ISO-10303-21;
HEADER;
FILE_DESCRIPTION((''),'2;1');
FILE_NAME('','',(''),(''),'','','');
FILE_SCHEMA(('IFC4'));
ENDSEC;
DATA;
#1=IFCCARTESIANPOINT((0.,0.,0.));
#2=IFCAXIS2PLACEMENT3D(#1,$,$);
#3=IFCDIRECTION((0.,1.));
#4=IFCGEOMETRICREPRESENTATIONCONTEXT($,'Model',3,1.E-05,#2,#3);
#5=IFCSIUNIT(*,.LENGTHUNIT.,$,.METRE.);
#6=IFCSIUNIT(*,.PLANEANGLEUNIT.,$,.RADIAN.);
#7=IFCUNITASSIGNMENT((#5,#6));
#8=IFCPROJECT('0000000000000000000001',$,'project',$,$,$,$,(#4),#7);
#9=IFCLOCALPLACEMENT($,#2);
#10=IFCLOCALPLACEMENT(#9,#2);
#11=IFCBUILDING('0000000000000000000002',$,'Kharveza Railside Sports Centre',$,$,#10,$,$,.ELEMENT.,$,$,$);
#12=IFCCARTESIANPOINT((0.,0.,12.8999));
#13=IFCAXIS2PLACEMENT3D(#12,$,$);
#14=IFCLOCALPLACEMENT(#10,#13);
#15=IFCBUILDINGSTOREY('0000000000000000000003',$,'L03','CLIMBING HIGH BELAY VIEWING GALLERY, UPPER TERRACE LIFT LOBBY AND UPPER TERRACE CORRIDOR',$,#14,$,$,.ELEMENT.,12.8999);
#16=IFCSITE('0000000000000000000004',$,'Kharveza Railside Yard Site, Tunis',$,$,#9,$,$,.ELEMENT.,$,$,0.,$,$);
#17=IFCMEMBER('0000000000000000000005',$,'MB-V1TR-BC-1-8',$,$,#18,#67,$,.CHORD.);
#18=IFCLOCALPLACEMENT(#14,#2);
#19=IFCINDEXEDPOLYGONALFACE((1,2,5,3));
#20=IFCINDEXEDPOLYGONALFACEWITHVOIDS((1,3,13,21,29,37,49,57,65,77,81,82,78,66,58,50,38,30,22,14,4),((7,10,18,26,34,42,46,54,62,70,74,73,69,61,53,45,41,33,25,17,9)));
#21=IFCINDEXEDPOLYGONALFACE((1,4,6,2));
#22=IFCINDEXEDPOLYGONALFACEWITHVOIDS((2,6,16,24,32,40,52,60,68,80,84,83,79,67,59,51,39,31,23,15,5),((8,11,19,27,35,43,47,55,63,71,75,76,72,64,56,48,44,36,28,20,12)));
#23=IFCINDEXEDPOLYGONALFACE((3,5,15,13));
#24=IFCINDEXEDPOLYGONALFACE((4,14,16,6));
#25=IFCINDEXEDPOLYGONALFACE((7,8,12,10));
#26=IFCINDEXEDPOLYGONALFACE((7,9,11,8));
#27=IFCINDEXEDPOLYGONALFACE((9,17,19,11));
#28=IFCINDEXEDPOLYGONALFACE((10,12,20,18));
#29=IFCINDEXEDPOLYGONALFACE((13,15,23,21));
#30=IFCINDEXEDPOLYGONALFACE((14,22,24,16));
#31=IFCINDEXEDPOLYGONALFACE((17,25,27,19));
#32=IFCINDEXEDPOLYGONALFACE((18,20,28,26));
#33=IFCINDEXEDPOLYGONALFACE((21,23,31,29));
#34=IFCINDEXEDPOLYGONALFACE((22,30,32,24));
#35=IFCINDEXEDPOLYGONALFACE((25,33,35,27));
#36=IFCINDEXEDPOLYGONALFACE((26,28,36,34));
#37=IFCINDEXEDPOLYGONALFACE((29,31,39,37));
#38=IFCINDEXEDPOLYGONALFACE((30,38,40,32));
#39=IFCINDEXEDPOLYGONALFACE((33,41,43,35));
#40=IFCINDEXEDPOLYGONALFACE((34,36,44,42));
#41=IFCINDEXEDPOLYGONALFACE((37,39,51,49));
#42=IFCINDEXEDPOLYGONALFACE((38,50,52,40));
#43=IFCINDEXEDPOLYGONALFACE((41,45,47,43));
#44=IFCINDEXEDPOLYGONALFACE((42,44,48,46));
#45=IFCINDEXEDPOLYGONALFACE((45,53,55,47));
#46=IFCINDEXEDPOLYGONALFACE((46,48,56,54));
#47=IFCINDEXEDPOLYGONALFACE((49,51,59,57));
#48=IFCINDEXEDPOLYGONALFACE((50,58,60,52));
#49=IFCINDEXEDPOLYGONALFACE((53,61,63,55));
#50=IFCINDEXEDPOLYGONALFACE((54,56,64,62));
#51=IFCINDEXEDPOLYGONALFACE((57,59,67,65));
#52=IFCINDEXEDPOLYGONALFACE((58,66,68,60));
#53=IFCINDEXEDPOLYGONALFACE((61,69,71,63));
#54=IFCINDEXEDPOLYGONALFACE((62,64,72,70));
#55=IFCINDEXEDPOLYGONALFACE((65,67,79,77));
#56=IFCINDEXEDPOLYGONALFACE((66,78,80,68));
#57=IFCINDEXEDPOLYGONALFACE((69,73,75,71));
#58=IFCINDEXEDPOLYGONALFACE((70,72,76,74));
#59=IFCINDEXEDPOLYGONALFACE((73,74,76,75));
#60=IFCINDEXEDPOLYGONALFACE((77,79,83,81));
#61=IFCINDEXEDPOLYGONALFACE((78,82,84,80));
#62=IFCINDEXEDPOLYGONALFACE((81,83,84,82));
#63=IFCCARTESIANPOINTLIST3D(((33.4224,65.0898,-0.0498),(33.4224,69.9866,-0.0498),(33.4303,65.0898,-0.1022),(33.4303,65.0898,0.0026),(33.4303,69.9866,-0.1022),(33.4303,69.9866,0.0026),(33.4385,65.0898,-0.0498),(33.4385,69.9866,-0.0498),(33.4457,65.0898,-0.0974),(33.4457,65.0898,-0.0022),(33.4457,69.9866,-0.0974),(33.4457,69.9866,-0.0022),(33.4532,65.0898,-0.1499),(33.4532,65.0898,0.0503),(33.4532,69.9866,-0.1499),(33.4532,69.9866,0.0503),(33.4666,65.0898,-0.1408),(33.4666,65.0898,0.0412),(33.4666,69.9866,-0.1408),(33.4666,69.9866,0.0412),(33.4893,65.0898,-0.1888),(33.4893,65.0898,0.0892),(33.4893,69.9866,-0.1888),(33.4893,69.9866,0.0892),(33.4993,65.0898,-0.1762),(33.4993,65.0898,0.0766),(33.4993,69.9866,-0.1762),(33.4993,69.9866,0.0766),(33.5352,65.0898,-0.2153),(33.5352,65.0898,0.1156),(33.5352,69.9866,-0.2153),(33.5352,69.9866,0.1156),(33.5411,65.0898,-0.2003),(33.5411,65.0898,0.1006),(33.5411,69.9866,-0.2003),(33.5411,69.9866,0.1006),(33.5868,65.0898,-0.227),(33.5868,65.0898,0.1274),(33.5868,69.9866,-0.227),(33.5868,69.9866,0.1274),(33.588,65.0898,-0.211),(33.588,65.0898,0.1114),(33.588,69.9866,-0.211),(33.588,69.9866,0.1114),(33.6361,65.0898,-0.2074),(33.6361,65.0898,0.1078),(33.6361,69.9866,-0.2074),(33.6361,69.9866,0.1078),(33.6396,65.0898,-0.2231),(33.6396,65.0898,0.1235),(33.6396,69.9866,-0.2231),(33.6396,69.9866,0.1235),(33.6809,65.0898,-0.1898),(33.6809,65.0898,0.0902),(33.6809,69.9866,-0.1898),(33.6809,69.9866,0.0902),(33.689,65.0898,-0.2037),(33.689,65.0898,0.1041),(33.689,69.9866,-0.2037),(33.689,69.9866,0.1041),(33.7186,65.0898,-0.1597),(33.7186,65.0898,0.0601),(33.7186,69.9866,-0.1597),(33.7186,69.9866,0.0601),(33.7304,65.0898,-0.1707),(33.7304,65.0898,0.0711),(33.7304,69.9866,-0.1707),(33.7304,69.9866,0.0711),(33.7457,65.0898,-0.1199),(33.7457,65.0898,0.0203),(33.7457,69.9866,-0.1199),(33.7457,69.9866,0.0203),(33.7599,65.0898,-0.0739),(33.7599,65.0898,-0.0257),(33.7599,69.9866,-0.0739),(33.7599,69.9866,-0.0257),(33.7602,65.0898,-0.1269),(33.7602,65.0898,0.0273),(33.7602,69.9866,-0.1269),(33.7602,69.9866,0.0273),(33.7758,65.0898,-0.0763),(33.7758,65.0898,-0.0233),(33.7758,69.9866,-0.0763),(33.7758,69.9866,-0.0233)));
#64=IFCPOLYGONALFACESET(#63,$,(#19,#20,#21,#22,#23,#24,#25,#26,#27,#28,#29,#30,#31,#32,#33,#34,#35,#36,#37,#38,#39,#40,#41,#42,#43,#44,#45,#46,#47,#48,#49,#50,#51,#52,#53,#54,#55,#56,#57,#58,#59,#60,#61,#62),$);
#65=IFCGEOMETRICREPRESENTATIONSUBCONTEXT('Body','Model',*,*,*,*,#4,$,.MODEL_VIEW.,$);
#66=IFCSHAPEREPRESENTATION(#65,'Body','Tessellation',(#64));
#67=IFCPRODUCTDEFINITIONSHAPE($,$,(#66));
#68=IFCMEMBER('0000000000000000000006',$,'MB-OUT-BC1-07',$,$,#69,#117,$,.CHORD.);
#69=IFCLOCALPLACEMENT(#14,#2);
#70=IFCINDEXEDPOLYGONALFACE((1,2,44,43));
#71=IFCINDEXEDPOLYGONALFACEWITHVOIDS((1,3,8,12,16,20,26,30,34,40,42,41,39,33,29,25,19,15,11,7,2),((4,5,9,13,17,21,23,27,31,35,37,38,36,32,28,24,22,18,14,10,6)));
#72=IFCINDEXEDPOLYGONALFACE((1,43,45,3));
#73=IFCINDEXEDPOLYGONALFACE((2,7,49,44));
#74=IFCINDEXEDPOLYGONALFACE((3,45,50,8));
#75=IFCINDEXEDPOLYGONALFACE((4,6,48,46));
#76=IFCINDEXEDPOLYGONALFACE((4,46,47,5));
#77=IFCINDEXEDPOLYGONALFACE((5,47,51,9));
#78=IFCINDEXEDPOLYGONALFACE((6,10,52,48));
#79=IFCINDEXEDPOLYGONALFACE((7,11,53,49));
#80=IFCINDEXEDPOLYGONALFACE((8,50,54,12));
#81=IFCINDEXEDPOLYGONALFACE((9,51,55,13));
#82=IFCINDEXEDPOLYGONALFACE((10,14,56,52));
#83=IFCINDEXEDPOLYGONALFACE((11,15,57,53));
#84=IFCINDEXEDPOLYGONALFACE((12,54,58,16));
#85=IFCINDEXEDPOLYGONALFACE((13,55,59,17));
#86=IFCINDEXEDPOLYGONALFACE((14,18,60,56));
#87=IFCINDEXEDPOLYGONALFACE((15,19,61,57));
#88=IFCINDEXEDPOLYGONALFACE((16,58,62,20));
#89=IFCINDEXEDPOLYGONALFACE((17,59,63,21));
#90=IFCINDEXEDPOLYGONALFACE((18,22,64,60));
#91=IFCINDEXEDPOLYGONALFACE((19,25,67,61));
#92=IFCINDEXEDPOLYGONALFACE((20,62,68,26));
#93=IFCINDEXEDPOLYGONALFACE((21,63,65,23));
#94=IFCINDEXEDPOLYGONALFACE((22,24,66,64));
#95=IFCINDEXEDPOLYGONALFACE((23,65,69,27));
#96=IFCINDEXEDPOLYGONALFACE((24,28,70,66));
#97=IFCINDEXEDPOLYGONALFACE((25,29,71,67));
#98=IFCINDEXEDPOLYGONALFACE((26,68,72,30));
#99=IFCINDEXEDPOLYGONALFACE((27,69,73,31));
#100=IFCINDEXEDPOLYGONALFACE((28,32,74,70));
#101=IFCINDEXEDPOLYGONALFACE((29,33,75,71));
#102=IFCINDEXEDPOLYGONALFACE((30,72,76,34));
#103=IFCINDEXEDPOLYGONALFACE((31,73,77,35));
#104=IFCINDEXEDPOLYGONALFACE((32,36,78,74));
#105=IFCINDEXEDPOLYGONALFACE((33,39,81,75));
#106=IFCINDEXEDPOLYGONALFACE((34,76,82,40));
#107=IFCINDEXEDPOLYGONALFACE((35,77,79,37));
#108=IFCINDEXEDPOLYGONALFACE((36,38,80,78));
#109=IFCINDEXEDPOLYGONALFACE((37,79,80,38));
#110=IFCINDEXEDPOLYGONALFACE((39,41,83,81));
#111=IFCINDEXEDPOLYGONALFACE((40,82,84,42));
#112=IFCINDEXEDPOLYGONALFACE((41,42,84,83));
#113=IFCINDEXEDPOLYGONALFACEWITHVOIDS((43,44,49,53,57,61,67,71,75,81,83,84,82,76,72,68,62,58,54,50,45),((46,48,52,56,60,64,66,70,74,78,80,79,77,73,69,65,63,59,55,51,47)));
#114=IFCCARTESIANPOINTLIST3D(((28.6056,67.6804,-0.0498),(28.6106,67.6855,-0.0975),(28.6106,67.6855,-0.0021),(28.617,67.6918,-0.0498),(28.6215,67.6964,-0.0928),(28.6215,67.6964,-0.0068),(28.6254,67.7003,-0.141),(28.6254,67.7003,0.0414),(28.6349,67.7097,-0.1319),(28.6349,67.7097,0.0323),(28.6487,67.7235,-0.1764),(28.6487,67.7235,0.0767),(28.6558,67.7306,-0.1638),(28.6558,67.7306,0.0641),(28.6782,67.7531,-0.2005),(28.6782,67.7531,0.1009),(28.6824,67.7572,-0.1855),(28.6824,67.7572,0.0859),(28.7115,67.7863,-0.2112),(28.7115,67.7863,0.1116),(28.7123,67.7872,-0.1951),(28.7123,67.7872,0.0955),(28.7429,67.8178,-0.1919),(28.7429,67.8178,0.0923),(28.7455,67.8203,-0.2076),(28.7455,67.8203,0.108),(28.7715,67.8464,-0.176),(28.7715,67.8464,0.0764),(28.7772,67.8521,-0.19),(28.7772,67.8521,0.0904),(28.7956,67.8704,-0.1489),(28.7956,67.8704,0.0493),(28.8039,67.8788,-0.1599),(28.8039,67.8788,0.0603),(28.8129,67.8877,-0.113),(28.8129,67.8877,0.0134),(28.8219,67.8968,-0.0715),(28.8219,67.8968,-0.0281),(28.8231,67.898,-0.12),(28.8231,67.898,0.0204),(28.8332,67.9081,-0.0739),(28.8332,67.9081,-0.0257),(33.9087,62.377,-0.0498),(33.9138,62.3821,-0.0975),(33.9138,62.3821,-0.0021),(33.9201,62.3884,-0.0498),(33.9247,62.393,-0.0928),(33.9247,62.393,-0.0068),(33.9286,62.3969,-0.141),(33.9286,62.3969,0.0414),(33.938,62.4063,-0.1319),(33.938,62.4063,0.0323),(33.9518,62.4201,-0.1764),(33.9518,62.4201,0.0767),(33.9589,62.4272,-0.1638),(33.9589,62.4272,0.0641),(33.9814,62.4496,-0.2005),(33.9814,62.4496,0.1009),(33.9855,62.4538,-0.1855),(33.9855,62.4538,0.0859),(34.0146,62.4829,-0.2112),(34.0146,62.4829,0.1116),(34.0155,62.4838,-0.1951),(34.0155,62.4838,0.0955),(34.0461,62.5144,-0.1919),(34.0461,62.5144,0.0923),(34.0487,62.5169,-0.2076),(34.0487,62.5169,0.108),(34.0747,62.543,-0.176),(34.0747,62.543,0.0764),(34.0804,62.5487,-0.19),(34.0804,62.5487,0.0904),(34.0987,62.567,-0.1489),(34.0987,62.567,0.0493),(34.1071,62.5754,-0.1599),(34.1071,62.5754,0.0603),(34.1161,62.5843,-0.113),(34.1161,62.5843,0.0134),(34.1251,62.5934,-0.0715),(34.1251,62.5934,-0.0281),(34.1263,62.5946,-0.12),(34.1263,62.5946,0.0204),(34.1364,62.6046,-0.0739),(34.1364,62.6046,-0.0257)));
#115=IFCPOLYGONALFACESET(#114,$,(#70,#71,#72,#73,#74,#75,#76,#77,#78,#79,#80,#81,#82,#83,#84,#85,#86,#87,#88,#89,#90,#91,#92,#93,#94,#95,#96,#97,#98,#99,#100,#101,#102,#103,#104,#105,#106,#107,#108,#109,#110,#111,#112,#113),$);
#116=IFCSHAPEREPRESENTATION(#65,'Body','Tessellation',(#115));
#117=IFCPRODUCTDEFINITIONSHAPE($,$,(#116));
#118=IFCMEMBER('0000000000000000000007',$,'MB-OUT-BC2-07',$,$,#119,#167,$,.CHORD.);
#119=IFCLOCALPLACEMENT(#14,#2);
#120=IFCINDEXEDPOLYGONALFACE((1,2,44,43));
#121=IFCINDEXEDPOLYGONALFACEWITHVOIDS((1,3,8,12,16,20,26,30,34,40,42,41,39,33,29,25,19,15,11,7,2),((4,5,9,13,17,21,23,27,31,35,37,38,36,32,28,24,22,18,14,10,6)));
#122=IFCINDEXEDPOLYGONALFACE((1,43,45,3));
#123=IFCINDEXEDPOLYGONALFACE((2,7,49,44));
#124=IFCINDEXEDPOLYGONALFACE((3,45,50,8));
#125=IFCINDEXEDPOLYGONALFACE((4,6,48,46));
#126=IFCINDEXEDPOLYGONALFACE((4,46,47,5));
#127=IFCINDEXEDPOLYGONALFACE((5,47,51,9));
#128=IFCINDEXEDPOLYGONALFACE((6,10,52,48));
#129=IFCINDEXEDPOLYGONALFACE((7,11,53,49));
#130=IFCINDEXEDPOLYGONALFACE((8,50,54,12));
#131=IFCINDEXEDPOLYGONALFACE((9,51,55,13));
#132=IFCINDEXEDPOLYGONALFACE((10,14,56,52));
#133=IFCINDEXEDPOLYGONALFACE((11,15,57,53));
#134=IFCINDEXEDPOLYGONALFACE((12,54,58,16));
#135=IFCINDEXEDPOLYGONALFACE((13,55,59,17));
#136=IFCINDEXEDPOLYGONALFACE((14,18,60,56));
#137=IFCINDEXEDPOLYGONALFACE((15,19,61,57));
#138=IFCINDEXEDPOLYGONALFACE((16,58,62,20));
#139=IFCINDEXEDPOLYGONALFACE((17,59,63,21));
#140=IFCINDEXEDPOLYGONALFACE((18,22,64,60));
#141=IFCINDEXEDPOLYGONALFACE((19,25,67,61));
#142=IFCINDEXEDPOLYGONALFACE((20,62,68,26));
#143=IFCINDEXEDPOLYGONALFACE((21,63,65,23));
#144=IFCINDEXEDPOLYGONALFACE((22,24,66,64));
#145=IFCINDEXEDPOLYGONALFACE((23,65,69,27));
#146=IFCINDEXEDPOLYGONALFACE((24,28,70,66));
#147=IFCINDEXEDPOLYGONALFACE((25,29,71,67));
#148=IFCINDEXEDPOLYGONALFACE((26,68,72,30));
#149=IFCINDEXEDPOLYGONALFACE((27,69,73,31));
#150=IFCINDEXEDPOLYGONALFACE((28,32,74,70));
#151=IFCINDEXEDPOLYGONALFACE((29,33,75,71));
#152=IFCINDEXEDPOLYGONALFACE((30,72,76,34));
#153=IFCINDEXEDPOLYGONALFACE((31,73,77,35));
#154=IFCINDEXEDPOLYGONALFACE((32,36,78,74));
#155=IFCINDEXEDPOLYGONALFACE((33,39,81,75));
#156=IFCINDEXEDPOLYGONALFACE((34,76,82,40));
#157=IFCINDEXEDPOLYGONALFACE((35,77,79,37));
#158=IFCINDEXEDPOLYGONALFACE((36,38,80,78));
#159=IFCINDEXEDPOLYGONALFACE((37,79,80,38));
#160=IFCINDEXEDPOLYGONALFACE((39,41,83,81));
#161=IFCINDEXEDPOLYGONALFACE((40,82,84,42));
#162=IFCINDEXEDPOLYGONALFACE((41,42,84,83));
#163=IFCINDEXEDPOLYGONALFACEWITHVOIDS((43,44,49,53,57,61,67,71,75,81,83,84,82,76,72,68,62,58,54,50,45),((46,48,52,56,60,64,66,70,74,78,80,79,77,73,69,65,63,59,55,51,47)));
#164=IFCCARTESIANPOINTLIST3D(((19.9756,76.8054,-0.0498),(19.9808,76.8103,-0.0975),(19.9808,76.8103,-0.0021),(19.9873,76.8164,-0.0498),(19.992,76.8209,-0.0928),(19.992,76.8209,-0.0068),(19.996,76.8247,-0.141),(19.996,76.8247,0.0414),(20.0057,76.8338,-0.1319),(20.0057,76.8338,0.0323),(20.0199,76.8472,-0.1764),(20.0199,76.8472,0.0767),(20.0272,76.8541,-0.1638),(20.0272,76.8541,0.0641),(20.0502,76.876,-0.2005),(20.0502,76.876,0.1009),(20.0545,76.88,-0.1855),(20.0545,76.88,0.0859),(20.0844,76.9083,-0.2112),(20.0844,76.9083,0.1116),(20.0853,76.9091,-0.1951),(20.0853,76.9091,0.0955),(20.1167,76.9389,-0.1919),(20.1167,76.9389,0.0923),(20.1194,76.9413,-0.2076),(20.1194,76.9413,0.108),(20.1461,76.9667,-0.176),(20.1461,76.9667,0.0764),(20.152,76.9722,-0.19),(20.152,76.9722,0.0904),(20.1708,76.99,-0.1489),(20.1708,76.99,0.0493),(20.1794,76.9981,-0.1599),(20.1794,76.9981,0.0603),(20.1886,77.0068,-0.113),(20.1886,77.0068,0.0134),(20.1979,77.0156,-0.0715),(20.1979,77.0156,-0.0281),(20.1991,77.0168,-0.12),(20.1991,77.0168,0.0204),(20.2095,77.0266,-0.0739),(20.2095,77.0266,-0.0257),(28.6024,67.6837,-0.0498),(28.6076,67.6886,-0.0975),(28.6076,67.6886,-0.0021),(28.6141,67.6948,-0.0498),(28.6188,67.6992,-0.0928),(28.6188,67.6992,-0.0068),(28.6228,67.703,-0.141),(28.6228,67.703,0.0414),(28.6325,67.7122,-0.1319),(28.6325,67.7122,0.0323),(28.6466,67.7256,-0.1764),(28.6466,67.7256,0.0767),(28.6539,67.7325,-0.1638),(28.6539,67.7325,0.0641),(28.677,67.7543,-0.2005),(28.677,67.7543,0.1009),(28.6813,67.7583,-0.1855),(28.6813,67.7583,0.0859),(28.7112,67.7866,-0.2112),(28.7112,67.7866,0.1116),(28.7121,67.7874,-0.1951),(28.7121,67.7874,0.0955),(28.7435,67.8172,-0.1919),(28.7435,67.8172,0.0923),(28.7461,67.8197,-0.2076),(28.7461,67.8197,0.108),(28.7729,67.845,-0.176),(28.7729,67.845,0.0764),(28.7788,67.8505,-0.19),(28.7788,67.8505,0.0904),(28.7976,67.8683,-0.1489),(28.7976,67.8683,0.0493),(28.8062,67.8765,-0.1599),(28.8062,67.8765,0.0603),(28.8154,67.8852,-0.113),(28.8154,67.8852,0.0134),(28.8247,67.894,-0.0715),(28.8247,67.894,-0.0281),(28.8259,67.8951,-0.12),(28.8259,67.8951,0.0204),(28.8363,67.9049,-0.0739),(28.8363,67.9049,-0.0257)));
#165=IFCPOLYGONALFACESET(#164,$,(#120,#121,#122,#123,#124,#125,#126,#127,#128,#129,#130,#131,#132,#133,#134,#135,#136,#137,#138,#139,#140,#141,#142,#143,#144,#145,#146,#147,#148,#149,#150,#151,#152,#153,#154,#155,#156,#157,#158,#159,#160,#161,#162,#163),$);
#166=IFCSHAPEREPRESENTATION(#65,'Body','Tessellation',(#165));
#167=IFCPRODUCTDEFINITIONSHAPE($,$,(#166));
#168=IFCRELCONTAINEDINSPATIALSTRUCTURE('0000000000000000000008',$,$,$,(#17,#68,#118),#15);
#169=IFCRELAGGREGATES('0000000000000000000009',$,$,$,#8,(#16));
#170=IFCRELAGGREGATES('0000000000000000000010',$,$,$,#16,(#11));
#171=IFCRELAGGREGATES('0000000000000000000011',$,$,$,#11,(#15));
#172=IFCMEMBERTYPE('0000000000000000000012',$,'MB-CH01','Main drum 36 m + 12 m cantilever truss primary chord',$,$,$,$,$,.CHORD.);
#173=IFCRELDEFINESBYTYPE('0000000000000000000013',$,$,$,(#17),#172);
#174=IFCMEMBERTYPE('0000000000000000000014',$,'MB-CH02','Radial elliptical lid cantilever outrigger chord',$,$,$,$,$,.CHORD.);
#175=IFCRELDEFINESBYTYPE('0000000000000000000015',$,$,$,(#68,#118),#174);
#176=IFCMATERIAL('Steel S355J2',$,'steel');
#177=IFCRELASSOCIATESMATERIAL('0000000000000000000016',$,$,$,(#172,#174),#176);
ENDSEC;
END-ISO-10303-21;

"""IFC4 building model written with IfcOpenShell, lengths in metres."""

from ifc_helpers import new_model, si_unit, direction, frame, origin, origin_2d, place, context, subcontext, project, spatial, hollow_circle, extrude, material, material_profile, profile_set, type_object, element, save


model = new_model("IFC4")

# Units and contexts
model_context = context("Model", 3, precision=1e-05, world=origin(), true_north=direction((0.0, 1.0)))
body_context = subcontext(model_context, "Body", "Model", "MODEL_VIEW")
ifc_project = project(units=[si_unit("LENGTHUNIT", "METRE"), si_unit("PLANEANGLEUNIT", "RADIAN")], contexts=[model_context])

# Site, building, storey
site_placement = place(None, origin())
site = spatial("IfcSite", under=ifc_project, at=site_placement, Name="Kharveza Railside Yard Site, Tunis", CompositionType="ELEMENT", RefElevation=0.0)
building_placement = place(site_placement, origin())
building = spatial("IfcBuilding", under=site, at=building_placement, Name="Kharveza Railside Sports Centre", CompositionType="ELEMENT")
storey_placement = place(building_placement, frame((0.0, 0.0, 12.8999)))
storey = spatial("IfcBuildingStorey", under=building, at=storey_placement, Name="L03", Description="CLIMBING HIGH BELAY VIEWING GALLERY, UPPER TERRACE LIFT LOBBY AND UPPER TERRACE CORRIDOR", CompositionType="ELEMENT", Elevation=12.8999)

# Shared definitions
ifc_material_1 = material(Name="Steel S355J2", Category="steel")

# Members
ifc_material_profile_1 = material_profile(ifc_material_1, hollow_circle(Radius=0.1777, WallThickness=0.0161, at=origin_2d()), Name="CHS 355.6x16.0")
ifc_profile_set_1 = profile_set([ifc_material_profile_1], Name="Steel S355J2")
member_type_1 = type_object("IfcMemberType", Name="MB-CH01", Description="Main drum 36 m + 12 m cantilever truss primary chord", PredefinedType="CHORD", material=ifc_profile_set_1)
member_1_placement = place(storey_placement, frame((33.6001, 65.0898, -0.0498), z_axis=(0.0, 1.0, 0.0), x_axis=(-1.0, 0.0, 0.0)))
element("IfcMember", 1, at=member_1_placement, inside=storey, type_object=member_type_1, Name="MB-V1TR-BC-1-8", PredefinedType="CHORD", context=body_context, shape_type="SweptSolid", body=[
    extrude(hollow_circle(Radius=0.1777, WallThickness=0.0161, at=origin_2d()), origin(), (0.0, 0.0, 1.0), 4.8967),
])
ifc_material_profile_2 = material_profile(ifc_material_1, hollow_circle(Radius=0.1619, WallThickness=0.0161, at=origin_2d()), Name="CHS 323.9x16.0")
ifc_profile_set_2 = profile_set([ifc_material_profile_2], Name="Steel S355J2")
member_type_2 = type_object("IfcMemberType", Name="MB-CH02", Description="Radial elliptical lid cantilever outrigger chord", PredefinedType="CHORD", material=ifc_profile_set_2)
member_2_placement = place(storey_placement, frame((34.0232, 62.4915, -0.0498), z_axis=(-0.707091, 0.707123, 0.0), x_axis=(-0.707123, -0.707091, 0.0)))
element("IfcMember", 2, at=member_2_placement, inside=storey, type_object=member_type_2, Name="MB-OUT-BC1-07", PredefinedType="CHORD", context=body_context, shape_type="SweptSolid", body=[
    extrude(hollow_circle(Radius=0.1619, WallThickness=0.0161, at=origin_2d()), origin(), (0.0, 0.0, 1.0), 7.5),
])
member_3_placement = place(storey_placement, frame((28.72, 67.7949, -0.0498), z_axis=(-0.687124, 0.726541, 0.0), x_axis=(-0.726541, -0.687124, 0.0)))
element("IfcMember", 3, at=member_3_placement, inside=storey, type_object=member_type_2, Name="MB-OUT-BC2-07", PredefinedType="CHORD", context=body_context, shape_type="SweptSolid", body=[
    extrude(hollow_circle(Radius=0.1619, WallThickness=0.0161, at=origin_2d()), origin(), (0.0, 0.0, 1.0), 12.5549),
])

save(model, "model.ifc")
